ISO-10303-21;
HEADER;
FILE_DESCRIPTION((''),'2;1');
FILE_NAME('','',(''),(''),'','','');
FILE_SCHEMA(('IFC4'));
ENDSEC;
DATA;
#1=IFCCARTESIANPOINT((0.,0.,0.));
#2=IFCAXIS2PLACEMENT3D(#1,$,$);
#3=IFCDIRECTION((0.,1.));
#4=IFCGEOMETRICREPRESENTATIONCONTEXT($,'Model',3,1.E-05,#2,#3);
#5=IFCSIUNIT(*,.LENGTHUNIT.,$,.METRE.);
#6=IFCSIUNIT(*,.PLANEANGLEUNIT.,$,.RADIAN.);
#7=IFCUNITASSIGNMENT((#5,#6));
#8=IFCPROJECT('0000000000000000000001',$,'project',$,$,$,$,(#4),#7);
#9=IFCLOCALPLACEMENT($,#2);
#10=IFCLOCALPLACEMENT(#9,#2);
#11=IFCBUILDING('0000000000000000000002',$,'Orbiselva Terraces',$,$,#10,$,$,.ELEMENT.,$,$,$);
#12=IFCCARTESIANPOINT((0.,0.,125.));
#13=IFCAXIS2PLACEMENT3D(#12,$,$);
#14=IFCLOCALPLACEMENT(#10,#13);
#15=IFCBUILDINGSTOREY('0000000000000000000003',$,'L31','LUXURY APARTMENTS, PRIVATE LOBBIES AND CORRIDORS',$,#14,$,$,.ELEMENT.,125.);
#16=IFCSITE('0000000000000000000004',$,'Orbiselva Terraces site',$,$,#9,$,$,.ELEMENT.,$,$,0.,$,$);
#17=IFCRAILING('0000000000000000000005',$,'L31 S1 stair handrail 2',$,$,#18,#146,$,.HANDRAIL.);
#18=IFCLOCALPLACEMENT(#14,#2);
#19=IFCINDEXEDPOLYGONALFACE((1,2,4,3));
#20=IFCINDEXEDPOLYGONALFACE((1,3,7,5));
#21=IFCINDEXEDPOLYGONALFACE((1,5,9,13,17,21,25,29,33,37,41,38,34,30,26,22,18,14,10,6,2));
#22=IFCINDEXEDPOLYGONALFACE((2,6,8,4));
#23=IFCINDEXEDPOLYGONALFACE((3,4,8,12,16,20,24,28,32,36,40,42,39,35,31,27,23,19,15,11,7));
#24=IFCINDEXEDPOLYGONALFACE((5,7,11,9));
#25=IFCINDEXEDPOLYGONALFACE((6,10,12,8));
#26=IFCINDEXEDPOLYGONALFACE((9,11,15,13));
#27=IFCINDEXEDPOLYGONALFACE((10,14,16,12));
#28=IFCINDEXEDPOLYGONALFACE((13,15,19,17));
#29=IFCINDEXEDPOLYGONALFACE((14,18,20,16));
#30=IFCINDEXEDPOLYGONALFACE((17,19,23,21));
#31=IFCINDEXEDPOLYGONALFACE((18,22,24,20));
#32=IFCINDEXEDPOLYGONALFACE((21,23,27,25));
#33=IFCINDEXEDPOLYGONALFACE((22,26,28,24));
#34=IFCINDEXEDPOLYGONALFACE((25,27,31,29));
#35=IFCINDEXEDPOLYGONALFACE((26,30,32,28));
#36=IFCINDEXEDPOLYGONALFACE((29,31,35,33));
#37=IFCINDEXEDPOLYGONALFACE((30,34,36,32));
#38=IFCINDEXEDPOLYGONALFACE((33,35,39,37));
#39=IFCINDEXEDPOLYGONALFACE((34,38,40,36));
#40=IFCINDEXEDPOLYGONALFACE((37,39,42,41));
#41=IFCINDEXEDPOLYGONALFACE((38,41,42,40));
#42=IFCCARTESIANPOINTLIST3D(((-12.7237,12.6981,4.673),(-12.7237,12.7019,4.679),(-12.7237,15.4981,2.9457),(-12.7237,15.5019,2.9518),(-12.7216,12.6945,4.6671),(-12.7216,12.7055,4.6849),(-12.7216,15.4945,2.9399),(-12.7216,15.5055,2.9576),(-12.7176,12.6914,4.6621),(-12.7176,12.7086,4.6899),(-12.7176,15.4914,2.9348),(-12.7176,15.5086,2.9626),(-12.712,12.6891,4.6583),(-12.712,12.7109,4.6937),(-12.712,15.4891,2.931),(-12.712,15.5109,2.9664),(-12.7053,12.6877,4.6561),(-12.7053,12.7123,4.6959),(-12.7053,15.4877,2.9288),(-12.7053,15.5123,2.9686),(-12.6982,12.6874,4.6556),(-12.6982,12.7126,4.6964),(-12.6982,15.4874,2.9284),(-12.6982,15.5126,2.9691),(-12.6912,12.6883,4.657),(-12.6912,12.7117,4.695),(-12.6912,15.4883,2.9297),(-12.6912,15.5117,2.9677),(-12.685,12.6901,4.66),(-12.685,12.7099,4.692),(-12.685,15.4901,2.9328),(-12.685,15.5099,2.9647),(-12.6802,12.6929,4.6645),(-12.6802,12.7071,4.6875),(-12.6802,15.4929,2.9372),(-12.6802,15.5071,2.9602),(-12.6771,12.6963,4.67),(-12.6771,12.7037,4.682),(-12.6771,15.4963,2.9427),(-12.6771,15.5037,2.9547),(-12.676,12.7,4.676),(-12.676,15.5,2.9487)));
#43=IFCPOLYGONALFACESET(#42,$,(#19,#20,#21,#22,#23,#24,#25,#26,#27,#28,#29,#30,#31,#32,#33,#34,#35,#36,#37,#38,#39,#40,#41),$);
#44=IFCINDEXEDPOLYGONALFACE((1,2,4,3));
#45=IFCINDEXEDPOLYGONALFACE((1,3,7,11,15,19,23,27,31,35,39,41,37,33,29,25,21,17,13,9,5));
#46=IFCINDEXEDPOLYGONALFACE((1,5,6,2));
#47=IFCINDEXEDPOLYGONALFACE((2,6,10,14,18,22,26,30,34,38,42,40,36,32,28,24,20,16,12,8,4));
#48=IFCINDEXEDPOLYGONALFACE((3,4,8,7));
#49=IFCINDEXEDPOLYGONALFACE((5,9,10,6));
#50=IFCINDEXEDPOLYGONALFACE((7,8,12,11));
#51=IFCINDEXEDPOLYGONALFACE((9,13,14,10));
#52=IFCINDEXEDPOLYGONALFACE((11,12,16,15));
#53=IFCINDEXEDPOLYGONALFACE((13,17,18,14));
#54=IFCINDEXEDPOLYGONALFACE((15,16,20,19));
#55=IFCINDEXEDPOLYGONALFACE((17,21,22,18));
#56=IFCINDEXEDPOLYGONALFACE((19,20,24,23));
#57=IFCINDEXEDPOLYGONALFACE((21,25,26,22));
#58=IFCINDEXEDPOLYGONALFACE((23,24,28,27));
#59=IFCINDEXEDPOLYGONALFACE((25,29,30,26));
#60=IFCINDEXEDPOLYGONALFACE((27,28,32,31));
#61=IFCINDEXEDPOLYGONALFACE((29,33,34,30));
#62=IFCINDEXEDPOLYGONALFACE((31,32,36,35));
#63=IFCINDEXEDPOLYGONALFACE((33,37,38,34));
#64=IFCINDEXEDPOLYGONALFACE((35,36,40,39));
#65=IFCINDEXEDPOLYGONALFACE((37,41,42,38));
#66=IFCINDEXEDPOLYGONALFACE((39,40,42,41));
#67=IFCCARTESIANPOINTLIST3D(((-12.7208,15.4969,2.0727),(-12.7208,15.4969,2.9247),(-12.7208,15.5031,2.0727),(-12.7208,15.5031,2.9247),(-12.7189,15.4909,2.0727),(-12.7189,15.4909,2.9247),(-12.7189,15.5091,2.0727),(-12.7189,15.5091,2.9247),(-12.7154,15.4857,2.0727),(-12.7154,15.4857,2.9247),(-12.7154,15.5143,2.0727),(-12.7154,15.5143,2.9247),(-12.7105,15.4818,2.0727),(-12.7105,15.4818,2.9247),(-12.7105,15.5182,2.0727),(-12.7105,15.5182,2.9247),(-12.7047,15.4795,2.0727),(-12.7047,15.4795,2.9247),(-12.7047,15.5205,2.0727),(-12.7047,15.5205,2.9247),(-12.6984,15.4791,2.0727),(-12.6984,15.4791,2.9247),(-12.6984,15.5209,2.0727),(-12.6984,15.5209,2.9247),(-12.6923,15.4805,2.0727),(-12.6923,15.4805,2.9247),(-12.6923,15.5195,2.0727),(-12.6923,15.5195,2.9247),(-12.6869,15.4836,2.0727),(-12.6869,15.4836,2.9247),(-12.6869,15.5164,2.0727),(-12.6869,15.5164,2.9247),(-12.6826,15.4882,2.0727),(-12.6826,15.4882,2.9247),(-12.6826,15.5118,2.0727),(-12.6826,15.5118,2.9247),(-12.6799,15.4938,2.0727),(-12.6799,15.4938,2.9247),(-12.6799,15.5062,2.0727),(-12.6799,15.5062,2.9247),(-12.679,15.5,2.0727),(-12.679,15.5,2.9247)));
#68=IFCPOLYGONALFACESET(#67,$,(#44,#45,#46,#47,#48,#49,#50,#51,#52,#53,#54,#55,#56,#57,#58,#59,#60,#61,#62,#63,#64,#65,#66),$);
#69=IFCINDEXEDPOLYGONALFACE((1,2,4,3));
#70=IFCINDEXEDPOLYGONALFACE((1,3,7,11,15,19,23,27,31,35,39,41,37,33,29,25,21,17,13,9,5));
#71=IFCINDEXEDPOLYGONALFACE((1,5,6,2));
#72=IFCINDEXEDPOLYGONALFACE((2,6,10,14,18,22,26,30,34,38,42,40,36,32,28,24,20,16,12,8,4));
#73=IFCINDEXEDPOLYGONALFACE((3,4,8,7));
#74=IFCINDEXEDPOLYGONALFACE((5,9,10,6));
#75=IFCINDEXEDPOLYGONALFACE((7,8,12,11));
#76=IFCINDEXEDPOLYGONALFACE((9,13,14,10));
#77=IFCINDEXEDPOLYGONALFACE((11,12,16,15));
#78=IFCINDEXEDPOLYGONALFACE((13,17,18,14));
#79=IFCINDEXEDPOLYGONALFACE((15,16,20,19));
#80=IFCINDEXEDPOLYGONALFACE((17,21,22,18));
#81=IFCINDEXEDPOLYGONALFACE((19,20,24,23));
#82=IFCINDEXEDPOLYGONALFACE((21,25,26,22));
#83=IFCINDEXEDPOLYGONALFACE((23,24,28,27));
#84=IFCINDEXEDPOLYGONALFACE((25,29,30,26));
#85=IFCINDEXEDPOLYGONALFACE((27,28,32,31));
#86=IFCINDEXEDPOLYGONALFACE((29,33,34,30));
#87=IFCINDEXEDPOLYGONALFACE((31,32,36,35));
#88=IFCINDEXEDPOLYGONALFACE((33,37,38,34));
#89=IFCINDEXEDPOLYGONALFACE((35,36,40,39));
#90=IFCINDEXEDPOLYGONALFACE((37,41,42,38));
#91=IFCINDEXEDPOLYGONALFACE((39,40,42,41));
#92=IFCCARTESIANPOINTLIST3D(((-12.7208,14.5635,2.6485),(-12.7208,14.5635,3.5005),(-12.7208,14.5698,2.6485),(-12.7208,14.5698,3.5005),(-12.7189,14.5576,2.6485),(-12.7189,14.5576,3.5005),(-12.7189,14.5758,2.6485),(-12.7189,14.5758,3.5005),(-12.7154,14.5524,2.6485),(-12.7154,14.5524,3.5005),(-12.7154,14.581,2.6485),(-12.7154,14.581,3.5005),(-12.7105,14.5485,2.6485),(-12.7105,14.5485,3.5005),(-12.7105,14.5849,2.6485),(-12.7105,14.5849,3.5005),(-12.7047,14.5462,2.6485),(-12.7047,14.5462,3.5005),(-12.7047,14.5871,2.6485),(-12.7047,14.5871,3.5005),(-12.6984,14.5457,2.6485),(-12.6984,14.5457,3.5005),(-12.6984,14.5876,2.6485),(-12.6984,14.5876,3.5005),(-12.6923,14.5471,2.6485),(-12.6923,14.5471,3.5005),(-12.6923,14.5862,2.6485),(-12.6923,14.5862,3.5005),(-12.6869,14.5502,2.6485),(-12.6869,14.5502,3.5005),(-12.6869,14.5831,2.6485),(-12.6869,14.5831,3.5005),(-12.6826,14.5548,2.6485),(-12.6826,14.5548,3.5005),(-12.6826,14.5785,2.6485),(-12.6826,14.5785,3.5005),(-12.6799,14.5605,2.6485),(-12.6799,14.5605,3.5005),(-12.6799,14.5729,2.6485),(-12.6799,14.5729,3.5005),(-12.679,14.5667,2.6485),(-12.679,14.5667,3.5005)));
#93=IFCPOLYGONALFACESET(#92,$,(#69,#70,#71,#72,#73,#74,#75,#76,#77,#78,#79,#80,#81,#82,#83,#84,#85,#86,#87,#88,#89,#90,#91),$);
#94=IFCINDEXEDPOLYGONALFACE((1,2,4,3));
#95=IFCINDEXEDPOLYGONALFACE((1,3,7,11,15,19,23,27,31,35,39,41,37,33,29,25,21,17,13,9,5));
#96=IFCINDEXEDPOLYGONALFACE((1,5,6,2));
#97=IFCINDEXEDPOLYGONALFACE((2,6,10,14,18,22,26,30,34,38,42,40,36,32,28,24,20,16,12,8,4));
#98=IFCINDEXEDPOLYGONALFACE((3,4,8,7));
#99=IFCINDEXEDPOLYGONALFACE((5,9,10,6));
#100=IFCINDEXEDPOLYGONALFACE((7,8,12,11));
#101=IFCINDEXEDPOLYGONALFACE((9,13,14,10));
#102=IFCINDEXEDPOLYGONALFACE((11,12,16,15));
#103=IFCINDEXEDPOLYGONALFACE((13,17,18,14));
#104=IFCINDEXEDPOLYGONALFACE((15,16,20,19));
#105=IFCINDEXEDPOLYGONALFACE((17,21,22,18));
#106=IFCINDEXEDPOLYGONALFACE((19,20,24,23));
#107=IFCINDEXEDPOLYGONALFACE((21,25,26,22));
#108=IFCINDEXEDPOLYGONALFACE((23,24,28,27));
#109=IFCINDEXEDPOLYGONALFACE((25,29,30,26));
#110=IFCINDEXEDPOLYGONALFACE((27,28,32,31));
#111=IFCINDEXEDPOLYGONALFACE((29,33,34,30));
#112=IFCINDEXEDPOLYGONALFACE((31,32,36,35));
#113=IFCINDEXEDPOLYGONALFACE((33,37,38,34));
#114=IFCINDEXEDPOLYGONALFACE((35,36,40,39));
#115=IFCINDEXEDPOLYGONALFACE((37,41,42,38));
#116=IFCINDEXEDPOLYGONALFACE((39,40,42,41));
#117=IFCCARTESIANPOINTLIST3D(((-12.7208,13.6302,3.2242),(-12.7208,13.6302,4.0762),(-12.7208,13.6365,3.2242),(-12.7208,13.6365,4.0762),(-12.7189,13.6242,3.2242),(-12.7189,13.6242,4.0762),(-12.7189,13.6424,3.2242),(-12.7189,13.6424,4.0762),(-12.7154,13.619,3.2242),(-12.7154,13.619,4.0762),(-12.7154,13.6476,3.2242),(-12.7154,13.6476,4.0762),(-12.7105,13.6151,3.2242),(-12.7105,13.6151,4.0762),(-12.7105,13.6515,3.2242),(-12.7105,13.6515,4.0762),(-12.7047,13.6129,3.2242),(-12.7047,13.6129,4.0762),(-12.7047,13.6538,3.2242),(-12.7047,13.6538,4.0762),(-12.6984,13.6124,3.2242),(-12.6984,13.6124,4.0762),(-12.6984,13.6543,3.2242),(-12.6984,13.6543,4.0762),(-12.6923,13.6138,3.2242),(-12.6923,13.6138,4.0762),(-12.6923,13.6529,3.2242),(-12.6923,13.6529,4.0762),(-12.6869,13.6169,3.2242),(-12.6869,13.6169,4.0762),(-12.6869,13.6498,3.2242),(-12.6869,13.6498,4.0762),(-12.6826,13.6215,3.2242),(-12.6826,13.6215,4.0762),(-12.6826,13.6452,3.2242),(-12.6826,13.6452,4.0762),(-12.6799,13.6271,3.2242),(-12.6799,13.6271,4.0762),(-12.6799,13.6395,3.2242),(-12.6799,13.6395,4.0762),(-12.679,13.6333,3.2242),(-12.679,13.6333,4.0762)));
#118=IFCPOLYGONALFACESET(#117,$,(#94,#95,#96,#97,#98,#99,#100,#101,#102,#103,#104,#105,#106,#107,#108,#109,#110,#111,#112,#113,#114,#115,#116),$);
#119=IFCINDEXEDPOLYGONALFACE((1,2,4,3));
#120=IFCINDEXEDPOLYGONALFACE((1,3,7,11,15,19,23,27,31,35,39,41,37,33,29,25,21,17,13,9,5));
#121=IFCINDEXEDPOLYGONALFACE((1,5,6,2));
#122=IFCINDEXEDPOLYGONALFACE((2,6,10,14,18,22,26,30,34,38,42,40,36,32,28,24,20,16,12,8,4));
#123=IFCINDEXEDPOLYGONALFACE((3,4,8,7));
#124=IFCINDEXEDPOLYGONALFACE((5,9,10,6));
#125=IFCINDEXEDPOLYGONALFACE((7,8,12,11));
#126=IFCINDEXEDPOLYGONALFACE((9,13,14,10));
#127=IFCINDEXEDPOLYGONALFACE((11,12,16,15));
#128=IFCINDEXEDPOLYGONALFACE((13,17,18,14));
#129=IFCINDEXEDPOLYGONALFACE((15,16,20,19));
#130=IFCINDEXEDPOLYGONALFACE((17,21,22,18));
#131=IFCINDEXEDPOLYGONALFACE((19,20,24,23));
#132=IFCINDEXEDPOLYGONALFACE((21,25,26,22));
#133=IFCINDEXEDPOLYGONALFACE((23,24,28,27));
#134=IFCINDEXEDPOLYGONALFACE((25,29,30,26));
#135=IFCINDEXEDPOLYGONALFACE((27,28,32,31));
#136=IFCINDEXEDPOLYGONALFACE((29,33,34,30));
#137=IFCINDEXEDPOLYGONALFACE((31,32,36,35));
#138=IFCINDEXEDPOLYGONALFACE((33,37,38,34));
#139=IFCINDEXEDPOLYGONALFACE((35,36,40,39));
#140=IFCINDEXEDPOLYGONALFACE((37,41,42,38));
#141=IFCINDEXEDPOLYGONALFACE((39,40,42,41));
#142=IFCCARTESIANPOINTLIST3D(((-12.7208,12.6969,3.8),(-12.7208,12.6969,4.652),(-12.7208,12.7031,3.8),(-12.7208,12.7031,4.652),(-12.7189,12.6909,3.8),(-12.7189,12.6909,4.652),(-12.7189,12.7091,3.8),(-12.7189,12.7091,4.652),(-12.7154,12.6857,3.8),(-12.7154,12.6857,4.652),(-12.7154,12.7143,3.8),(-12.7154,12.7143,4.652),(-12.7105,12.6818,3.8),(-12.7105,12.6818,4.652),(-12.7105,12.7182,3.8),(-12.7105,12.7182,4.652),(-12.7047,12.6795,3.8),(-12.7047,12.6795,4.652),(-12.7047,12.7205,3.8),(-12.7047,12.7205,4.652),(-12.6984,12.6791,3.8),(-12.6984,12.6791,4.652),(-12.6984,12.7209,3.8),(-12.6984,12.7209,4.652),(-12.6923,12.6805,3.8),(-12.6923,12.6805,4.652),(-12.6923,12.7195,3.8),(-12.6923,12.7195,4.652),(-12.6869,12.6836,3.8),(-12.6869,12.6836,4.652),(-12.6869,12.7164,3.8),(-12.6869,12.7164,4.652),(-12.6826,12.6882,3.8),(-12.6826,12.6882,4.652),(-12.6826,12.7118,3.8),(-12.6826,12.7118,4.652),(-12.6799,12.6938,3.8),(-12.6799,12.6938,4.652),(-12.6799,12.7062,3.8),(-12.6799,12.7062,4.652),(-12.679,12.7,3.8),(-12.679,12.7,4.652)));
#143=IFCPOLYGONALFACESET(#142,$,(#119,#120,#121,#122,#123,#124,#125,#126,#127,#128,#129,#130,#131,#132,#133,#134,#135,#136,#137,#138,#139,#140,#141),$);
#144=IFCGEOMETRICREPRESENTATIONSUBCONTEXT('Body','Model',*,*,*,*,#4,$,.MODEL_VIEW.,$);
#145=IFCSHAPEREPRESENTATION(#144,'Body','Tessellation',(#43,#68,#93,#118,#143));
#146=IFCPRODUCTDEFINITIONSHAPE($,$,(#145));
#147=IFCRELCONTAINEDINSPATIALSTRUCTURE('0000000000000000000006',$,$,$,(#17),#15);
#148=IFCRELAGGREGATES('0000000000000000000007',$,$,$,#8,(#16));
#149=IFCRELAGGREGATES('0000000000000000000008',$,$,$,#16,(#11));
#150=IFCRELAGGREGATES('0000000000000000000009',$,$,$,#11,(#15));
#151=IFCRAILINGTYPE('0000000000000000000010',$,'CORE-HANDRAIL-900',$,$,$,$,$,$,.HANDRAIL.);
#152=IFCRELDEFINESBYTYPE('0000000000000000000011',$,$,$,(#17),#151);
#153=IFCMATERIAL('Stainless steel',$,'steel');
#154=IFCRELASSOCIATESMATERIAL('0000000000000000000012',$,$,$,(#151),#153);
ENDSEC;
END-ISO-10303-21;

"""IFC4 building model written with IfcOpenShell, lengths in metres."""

from ifc_helpers import new_model, si_unit, direction, frame, origin, origin_2d, place, context, subcontext, project, spatial, circle, extrude, material, type_object, element, save


model = new_model("IFC4")

# Units and contexts
model_context = context("Model", 3, precision=1e-05, world=origin(), true_north=direction((0.0, 1.0)))
body_context = subcontext(model_context, "Body", "Model", "MODEL_VIEW")
ifc_project = project(units=[si_unit("LENGTHUNIT", "METRE"), si_unit("PLANEANGLEUNIT", "RADIAN")], contexts=[model_context])

# Site, building, storey
site_placement = place(None, origin())
site = spatial("IfcSite", under=ifc_project, at=site_placement, Name="Orbiselva Terraces site", CompositionType="ELEMENT", RefElevation=0.0)
building_placement = place(site_placement, origin())
building = spatial("IfcBuilding", under=site, at=building_placement, Name="Orbiselva Terraces", CompositionType="ELEMENT")
storey_placement = place(building_placement, frame((0.0, 0.0, 125.0)))
storey = spatial("IfcBuildingStorey", under=building, at=storey_placement, Name="L31", Description="LUXURY APARTMENTS, PRIVATE LOBBIES AND CORRIDORS", CompositionType="ELEMENT", Elevation=125.0)

# Railing
ifc_material_1 = material(Name="Stainless steel", Category="steel")
railing_type = type_object("IfcRailingType", Name="CORE-HANDRAIL-900", PredefinedType="HANDRAIL", material=ifc_material_1)
railing_placement = place(storey_placement, frame((-12.7, 15.5, 2.0727)))
element("IfcRailing", 1, at=railing_placement, inside=storey, type_object=railing_type, Name="L31 S1 stair handrail 2", PredefinedType="HANDRAIL", context=body_context, shape_type="SweptSolid", body=[
    extrude(circle(Radius=0.024, at=origin_2d()), frame((0.0, 0.0, 0.876), z_axis=(0.0, -0.851089, 0.525022), x_axis=(1.0, 0.0, 0.0)), (0.0, 0.0, 1.0), 3.2899),
    extrude(circle(Radius=0.021, at=origin_2d()), origin(), (0.0, 0.0, 1.0), 0.852),
    extrude(circle(Radius=0.021, at=origin_2d()), frame((0.0, -0.9333, 0.5758)), (0.0, 0.0, 1.0), 0.852),
    extrude(circle(Radius=0.021, at=origin_2d()), frame((0.0, -1.8667, 1.1515)), (0.0, 0.0, 1.0), 0.852),
    extrude(circle(Radius=0.021, at=origin_2d()), frame((0.0, -2.8, 1.7273)), (0.0, 0.0, 1.0), 0.852),
])

save(model, "model.ifc")
